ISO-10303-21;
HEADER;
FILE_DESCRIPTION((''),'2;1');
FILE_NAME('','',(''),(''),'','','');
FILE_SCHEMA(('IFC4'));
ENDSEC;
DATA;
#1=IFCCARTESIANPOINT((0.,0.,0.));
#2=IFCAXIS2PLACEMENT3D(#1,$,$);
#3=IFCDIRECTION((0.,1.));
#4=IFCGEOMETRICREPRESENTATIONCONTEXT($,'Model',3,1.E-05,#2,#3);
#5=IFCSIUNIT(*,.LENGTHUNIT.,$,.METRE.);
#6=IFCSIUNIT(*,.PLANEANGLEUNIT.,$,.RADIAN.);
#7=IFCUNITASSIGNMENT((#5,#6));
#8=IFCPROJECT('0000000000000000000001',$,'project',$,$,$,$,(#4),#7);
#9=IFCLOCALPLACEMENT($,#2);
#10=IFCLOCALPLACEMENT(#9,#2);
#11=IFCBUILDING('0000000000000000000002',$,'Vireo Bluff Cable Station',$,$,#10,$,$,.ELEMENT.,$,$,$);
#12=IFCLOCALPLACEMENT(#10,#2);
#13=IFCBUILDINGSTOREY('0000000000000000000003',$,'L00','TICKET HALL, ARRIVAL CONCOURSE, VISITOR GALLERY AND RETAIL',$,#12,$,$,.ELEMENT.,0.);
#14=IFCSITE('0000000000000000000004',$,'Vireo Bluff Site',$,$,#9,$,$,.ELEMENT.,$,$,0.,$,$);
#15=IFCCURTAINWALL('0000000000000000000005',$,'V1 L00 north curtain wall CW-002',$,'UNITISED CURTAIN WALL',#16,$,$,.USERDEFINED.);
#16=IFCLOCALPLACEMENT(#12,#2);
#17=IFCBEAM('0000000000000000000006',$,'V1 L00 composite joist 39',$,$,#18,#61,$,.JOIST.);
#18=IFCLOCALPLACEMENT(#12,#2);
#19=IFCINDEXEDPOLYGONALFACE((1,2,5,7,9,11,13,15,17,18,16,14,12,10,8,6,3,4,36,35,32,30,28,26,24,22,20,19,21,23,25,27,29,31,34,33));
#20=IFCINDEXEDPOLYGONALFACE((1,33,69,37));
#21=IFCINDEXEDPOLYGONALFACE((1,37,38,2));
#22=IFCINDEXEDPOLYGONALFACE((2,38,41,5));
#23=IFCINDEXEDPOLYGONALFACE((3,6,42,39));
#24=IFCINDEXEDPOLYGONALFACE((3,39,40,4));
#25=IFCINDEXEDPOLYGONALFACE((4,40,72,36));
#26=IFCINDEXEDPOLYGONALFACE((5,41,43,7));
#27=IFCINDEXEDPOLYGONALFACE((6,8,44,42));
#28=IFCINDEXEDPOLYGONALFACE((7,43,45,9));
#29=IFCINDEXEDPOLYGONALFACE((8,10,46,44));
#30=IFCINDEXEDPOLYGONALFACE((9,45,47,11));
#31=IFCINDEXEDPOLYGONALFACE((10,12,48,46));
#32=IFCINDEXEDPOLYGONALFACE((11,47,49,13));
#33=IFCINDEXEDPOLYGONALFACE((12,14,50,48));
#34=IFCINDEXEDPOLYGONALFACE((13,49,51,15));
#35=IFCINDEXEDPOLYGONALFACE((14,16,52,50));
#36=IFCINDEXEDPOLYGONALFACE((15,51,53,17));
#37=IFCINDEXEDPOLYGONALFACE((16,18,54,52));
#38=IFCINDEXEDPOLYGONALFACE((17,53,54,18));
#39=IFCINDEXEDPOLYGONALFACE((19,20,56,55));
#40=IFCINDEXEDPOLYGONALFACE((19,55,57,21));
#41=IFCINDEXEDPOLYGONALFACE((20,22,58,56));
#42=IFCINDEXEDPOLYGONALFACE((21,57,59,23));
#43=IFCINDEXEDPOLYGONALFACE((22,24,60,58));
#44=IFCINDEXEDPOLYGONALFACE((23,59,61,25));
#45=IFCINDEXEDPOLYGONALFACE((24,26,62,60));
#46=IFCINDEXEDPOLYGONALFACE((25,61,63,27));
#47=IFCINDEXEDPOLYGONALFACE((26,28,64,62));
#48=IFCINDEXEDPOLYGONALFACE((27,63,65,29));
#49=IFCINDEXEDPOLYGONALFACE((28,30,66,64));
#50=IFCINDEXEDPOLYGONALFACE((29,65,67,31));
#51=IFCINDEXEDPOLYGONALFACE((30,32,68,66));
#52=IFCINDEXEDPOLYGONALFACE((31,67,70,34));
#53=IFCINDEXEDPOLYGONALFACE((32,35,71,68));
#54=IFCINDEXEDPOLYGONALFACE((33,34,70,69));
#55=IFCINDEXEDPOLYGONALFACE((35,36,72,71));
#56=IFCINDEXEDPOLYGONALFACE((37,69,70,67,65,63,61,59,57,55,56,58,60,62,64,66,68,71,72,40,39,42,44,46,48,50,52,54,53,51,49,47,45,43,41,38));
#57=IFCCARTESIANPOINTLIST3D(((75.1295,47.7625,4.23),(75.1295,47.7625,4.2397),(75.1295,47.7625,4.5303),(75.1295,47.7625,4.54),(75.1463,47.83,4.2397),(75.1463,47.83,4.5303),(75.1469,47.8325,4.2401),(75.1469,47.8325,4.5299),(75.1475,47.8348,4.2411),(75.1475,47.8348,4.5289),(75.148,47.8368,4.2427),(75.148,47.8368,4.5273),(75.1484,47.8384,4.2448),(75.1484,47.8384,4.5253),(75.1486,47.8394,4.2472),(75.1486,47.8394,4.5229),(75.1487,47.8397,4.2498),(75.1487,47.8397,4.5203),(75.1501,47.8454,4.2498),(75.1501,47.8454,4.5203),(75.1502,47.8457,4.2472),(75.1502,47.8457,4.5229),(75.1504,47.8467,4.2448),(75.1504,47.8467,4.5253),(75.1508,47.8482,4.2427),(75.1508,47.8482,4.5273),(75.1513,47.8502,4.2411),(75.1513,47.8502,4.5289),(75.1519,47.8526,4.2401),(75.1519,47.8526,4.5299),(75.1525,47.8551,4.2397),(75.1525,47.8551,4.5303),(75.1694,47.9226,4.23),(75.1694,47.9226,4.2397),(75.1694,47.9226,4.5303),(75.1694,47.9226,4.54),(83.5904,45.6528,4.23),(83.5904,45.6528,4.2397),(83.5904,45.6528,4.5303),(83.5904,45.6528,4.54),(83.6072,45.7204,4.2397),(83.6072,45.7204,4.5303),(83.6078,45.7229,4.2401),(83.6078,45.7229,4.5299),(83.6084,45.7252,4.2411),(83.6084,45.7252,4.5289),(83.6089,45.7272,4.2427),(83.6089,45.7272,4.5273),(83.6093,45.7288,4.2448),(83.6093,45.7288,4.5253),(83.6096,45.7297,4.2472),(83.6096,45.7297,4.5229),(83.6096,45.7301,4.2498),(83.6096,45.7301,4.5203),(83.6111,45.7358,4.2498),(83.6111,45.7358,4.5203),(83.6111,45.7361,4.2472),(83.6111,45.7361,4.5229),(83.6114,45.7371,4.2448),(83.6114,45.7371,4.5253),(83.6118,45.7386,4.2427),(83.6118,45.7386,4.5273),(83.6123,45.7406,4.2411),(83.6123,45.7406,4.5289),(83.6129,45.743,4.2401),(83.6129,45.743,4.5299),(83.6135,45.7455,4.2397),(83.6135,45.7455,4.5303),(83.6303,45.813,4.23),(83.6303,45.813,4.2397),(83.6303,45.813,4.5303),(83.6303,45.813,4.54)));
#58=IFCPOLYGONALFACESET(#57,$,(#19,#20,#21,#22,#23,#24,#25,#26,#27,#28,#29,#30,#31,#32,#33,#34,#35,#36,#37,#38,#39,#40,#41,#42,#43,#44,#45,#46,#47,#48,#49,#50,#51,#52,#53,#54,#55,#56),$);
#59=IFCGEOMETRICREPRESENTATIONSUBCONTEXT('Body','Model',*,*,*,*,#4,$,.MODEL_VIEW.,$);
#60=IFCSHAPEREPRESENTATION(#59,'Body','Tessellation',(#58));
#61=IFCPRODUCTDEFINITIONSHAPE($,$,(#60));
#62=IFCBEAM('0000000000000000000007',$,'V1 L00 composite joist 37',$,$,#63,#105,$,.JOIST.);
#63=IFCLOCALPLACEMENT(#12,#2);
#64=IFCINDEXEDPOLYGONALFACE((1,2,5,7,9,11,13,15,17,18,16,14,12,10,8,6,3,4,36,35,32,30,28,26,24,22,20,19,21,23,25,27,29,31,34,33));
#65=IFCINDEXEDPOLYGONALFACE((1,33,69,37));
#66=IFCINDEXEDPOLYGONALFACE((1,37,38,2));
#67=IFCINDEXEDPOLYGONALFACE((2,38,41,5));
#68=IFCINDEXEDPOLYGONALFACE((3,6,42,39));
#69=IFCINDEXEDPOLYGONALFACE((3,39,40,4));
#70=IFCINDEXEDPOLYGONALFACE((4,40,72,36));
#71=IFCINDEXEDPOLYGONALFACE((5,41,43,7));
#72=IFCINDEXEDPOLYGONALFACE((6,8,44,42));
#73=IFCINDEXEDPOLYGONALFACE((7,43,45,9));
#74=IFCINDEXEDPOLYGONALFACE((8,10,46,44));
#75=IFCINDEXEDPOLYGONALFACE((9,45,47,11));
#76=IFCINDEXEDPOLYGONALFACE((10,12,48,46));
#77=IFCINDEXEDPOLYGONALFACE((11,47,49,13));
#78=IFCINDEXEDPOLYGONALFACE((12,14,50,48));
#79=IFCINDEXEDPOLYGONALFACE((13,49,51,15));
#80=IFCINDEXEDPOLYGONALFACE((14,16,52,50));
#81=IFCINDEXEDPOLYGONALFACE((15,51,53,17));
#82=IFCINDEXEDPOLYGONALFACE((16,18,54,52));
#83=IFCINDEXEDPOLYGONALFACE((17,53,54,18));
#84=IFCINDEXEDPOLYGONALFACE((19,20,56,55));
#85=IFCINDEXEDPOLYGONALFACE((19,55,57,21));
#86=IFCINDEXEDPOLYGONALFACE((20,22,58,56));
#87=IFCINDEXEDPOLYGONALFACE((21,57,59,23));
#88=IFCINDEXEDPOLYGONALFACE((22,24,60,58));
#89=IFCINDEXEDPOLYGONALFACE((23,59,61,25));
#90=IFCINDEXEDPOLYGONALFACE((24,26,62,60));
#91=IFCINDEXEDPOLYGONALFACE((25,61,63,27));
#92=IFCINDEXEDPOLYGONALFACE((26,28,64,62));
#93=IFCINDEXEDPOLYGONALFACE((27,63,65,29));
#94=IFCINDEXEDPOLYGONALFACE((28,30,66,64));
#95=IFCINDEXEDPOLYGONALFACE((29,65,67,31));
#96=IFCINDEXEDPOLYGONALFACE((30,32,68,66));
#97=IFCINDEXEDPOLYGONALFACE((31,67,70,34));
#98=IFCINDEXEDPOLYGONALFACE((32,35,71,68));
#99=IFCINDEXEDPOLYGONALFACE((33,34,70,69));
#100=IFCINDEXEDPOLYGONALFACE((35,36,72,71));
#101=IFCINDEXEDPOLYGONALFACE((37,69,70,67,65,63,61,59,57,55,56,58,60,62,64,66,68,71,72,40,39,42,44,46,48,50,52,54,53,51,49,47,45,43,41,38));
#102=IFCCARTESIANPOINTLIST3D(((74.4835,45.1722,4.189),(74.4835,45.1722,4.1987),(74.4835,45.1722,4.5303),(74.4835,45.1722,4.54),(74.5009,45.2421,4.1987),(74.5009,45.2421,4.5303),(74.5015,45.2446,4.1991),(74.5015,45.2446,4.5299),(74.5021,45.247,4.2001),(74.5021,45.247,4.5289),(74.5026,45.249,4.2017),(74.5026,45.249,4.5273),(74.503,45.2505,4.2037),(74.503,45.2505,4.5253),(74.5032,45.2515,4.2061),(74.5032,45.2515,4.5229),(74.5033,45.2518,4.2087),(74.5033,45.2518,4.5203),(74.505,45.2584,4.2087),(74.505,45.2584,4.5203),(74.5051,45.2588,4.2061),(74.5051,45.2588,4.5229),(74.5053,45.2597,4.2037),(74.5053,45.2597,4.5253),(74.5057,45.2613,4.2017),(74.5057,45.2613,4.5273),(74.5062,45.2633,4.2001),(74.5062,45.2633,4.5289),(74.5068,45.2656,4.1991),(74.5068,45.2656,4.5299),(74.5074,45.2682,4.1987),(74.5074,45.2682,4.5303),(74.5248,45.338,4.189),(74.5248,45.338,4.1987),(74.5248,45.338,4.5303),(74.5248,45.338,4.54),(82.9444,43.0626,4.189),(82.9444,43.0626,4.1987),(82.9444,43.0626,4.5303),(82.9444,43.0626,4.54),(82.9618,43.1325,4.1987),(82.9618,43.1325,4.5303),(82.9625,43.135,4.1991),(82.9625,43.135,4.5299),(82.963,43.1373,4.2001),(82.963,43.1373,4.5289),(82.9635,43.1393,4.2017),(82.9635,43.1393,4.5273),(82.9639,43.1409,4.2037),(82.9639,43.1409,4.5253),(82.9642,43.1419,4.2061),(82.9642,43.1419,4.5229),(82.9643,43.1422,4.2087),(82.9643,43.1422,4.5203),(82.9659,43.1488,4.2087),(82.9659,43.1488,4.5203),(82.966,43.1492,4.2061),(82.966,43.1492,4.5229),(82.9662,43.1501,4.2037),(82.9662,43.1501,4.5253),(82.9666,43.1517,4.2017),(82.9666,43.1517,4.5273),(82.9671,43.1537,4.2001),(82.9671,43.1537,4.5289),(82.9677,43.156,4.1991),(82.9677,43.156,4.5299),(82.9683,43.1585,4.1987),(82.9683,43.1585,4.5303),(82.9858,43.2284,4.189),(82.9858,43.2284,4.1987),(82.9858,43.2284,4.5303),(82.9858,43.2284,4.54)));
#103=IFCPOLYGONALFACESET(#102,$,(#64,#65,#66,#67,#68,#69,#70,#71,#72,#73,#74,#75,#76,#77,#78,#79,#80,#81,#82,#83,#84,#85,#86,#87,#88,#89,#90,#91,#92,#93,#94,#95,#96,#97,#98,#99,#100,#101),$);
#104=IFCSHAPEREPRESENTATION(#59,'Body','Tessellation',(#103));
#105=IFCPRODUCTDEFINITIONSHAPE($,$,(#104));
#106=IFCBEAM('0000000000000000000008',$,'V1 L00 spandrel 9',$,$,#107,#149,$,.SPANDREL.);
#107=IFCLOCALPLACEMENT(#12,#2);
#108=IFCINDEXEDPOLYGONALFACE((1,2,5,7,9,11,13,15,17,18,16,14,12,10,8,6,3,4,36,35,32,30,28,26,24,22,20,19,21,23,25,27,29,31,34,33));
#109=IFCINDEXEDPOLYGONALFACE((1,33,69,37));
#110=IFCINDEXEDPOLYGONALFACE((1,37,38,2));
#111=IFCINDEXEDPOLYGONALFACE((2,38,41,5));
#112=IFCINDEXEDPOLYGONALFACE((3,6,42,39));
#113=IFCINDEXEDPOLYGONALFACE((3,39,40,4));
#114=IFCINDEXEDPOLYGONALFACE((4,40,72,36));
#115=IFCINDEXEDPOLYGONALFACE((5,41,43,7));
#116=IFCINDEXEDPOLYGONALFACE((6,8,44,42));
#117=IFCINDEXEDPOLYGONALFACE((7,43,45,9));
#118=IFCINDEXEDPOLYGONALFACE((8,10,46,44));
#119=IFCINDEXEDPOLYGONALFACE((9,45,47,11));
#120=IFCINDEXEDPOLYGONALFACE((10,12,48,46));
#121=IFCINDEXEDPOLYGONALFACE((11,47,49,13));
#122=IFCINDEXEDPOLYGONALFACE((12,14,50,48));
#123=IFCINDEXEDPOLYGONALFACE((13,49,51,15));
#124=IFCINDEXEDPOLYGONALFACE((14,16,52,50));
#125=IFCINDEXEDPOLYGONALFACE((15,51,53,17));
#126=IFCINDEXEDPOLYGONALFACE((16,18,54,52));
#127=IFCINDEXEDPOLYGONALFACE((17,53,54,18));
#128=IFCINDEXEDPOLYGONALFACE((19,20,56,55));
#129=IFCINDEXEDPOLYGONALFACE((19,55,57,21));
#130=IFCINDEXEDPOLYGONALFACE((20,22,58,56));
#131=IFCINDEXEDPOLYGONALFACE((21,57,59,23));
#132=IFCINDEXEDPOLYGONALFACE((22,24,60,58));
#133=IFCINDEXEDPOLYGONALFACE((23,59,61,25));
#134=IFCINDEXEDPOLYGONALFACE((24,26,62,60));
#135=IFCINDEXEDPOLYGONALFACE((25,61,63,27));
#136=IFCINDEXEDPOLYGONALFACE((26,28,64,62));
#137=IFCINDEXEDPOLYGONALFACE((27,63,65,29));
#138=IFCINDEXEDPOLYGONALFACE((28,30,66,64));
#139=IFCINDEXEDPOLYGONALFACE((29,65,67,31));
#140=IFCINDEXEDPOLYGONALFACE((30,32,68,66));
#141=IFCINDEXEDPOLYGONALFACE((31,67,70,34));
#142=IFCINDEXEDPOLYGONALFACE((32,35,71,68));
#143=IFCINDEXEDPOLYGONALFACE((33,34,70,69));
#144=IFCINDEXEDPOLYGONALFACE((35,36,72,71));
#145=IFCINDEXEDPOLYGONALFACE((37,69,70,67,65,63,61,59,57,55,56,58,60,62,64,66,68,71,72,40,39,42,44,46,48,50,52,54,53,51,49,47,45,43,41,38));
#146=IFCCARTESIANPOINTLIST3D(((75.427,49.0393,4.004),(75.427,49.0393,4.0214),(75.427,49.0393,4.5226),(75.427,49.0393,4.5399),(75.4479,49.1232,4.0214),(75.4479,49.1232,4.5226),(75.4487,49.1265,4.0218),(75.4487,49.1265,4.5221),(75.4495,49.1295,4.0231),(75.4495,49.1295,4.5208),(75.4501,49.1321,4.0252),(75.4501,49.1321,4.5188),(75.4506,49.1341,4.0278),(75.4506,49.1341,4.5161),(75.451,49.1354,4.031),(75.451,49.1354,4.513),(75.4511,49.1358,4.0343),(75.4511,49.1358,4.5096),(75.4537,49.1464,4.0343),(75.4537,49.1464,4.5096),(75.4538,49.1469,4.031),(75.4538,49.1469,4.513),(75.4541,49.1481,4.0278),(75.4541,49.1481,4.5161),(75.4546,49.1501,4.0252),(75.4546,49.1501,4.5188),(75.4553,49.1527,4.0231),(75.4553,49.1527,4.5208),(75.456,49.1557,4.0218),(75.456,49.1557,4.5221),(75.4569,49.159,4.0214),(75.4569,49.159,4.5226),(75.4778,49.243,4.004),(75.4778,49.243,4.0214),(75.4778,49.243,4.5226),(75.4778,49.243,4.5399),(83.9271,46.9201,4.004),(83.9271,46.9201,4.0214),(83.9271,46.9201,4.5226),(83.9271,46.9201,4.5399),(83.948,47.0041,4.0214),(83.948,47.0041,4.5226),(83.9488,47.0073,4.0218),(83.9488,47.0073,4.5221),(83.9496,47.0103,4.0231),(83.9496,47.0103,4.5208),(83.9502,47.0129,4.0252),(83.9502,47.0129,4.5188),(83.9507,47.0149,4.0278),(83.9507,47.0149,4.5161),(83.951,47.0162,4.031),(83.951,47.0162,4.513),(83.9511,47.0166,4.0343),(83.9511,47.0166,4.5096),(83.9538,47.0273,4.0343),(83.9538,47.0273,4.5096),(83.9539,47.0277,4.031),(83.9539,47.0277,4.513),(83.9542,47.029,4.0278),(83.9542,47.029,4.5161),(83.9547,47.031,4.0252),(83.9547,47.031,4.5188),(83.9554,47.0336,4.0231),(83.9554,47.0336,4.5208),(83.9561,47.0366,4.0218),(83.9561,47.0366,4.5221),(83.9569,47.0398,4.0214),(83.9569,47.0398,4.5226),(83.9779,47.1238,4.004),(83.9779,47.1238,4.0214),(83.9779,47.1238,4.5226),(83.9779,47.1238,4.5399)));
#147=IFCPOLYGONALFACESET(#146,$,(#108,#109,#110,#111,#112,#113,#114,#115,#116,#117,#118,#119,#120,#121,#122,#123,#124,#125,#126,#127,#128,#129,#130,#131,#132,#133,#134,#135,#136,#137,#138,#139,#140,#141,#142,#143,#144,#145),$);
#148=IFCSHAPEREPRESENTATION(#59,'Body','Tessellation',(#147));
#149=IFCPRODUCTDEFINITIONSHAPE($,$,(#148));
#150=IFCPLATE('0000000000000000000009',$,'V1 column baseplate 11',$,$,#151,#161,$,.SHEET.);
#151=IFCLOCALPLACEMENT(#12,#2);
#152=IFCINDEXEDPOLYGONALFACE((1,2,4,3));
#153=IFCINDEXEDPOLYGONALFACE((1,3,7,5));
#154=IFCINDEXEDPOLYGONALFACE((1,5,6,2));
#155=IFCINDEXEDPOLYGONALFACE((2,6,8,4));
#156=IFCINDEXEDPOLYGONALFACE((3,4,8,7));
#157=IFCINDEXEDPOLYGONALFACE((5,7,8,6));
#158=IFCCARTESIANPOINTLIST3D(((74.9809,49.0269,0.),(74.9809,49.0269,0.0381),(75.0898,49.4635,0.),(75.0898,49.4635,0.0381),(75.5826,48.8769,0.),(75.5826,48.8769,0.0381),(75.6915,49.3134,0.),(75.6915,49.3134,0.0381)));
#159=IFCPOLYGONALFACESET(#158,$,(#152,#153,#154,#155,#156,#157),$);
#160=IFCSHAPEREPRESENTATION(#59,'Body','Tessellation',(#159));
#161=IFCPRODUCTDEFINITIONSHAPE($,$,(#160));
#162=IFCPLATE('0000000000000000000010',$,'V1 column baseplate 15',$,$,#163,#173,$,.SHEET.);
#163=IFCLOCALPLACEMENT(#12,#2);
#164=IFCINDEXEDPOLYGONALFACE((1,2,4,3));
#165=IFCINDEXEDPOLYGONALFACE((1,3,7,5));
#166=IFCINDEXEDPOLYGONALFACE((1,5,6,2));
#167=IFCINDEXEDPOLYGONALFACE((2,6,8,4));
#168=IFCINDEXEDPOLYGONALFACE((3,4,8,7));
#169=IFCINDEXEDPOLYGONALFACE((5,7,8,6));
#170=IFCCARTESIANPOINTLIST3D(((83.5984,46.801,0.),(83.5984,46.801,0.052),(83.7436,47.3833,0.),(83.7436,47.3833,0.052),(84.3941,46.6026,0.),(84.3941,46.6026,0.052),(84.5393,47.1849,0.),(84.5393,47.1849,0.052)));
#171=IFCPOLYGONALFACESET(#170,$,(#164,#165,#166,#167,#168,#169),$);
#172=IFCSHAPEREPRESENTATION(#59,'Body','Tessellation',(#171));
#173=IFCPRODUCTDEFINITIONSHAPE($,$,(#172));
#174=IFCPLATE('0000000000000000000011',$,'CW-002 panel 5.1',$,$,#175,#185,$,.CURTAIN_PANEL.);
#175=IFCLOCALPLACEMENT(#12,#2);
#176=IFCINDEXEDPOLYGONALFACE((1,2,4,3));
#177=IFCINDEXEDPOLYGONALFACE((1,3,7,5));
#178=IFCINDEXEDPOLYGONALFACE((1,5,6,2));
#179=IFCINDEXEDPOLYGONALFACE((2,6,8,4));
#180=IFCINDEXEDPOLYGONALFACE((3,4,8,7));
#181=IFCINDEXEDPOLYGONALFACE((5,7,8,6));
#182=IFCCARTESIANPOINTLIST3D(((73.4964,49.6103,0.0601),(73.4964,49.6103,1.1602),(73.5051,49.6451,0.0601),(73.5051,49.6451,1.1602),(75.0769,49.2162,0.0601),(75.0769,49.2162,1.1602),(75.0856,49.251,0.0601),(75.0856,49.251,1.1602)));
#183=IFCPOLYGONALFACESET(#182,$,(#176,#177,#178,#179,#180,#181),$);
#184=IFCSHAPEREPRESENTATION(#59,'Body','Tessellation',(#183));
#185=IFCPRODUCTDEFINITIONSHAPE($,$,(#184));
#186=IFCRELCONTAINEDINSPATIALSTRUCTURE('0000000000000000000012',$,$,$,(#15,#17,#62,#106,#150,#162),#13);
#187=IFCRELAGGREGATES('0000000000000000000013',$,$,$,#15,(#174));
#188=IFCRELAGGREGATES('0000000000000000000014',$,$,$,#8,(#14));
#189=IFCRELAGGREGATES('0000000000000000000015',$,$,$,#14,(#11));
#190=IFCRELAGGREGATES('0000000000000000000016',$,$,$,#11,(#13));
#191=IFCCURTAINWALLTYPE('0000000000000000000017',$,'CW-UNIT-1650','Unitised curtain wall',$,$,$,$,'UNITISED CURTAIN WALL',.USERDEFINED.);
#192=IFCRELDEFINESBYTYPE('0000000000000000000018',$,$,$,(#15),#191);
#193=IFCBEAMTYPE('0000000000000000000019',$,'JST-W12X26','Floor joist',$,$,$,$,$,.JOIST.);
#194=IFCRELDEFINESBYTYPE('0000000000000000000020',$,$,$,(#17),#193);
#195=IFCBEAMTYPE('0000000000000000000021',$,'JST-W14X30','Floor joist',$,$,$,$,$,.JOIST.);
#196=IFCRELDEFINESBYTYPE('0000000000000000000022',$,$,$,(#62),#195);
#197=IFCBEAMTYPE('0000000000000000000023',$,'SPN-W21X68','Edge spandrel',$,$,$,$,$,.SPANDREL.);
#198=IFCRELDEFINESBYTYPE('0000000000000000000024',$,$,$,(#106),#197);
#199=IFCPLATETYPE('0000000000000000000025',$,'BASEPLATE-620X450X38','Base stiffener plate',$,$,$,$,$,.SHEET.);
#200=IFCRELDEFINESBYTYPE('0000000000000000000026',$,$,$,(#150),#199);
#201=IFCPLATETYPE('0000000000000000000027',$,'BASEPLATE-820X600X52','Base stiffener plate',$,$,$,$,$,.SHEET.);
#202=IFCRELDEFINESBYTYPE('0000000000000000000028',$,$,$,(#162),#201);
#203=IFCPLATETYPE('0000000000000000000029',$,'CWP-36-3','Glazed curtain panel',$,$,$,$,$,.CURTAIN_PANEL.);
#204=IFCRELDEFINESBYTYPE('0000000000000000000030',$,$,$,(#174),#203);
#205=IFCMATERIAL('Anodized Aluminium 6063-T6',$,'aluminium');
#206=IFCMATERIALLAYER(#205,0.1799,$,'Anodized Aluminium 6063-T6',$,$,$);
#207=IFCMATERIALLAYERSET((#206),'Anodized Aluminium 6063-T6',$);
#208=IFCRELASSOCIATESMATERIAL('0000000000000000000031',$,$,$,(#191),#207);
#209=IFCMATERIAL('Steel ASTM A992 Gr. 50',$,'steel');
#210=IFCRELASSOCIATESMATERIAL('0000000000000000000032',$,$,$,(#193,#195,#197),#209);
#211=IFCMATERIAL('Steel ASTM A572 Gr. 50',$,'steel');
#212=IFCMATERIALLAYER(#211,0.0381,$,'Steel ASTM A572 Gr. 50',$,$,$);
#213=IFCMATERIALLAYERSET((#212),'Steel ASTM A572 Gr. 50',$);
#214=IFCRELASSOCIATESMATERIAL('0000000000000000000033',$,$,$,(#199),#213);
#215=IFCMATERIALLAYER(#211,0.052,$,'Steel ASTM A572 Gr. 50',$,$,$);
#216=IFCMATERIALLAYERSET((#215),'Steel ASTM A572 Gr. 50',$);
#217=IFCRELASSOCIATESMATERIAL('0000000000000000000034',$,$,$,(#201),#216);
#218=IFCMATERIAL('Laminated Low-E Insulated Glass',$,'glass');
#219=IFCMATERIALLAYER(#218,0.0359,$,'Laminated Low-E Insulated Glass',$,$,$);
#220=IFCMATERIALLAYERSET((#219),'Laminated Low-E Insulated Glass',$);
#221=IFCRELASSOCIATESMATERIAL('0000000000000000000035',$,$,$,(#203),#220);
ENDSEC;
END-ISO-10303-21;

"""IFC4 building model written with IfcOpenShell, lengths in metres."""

from ifc_helpers import new_model, si_unit, direction, frame, origin, origin_2d, place, context, subcontext, project, spatial, rectangle, i_section, extrude, material, layer, layer_set, material_profile, profile_set, type_object, element, aggregate, save


model = new_model("IFC4")

# Units and contexts
model_context = context("Model", 3, precision=1e-05, world=origin(), true_north=direction((0.0, 1.0)))
body_context = subcontext(model_context, "Body", "Model", "MODEL_VIEW")
ifc_project = project(units=[si_unit("LENGTHUNIT", "METRE"), si_unit("PLANEANGLEUNIT", "RADIAN")], contexts=[model_context])

# Site, building, storey
site_placement = place(None, origin())
site = spatial("IfcSite", under=ifc_project, at=site_placement, Name="Vireo Bluff Site", CompositionType="ELEMENT", RefElevation=0.0)
building_placement = place(site_placement, origin())
building = spatial("IfcBuilding", under=site, at=building_placement, Name="Vireo Bluff Cable Station", CompositionType="ELEMENT")
storey_placement = place(building_placement, origin())
storey = spatial("IfcBuildingStorey", under=building, at=storey_placement, Name="L00", Description="TICKET HALL, ARRIVAL CONCOURSE, VISITOR GALLERY AND RETAIL", CompositionType="ELEMENT", Elevation=0.0)

# Shared definitions
ifc_material_1 = material(Name="Steel ASTM A992 Gr. 50", Category="steel")

# Curtain wall
ifc_material_2 = material(Name="Anodized Aluminium 6063-T6", Category="aluminium")
ifc_layer_1 = layer(ifc_material_2, 0.1799, Name="Anodized Aluminium 6063-T6")
ifc_layer_set_1 = layer_set([ifc_layer_1], Name="Anodized Aluminium 6063-T6")
curtain_wall_type = type_object("IfcCurtainWallType", Name="CW-UNIT-1650", Description="Unitised curtain wall", ElementType="UNITISED CURTAIN WALL", PredefinedType="USERDEFINED", material=ifc_layer_set_1)
curtain_wall_placement = place(storey_placement, origin())
curtain_wall = element("IfcCurtainWall", 1, at=curtain_wall_placement, inside=storey, type_object=curtain_wall_type, Name="V1 L00 north curtain wall CW-002", ObjectType="UNITISED CURTAIN WALL", PredefinedType="USERDEFINED")

# Beams
ifc_material_profile_1 = material_profile(ifc_material_1, i_section(OverallWidth=0.165, OverallDepth=0.3101, WebThickness=0.0059, FlangeThickness=0.0098, FilletRadius=0.01, at=origin_2d()), Name="W12X26")
ifc_profile_set_1 = profile_set([ifc_material_profile_1], Name="Steel ASTM A992 Gr. 50")
beam_type_1 = type_object("IfcBeamType", Name="JST-W12X26", Description="Floor joist", PredefinedType="JOIST", material=ifc_profile_set_1)
for number, where, z_axis, x_axis, name in (
    (2, (75.1494, 47.8425, 4.385), (0.970294, -0.24193, 0.0), (0.24193, 0.970294, 0.0), "V1 L00 composite joist 39"),
):
    element("IfcBeam", number, at=place(storey_placement, frame(where, z_axis=z_axis, x_axis=x_axis)), inside=storey, type_object=beam_type_1, Name=name, PredefinedType="JOIST", context=body_context, shape_type="SweptSolid", body=[
        extrude(i_section(OverallWidth=0.165, OverallDepth=0.3101, WebThickness=0.0059, FlangeThickness=0.0098, FilletRadius=0.01, at=origin_2d()), origin(), (0.0, 0.0, 1.0), 8.72),
    ])
ifc_material_profile_2 = material_profile(ifc_material_1, i_section(OverallWidth=0.1709, OverallDepth=0.3511, WebThickness=0.0068, FlangeThickness=0.0098, FilletRadius=0.01, at=origin_2d()), Name="W14X30")
ifc_profile_set_2 = profile_set([ifc_material_profile_2], Name="Steel ASTM A992 Gr. 50")
beam_type_2 = type_object("IfcBeamType", Name="JST-W14X30", Description="Floor joist", PredefinedType="JOIST", material=ifc_profile_set_2)
beam_1_placement = place(storey_placement, frame((74.5042, 45.2551, 4.3645), z_axis=(0.970294, -0.24193, 0.0), x_axis=(0.24193, 0.970294, 0.0)))
element("IfcBeam", 3, at=beam_1_placement, inside=storey, type_object=beam_type_2, Name="V1 L00 composite joist 37", PredefinedType="JOIST", context=body_context, shape_type="SweptSolid", body=[
    extrude(i_section(OverallWidth=0.1709, OverallDepth=0.3511, WebThickness=0.0068, FlangeThickness=0.0098, FilletRadius=0.01, at=origin_2d()), origin(), (0.0, 0.0, 1.0), 8.72),
])
ifc_material_profile_3 = material_profile(ifc_material_1, i_section(OverallWidth=0.21, OverallDepth=0.5359, WebThickness=0.011, FlangeThickness=0.0173, FilletRadius=0.0129, at=origin_2d()), Name="W21X68")
ifc_profile_set_3 = profile_set([ifc_material_profile_3], Name="Steel ASTM A992 Gr. 50")
beam_type_3 = type_object("IfcBeamType", Name="SPN-W21X68", Description="Edge spandrel", PredefinedType="SPANDREL", material=ifc_profile_set_3)
beam_2_placement = place(storey_placement, frame((75.4524, 49.1411, 4.272), z_axis=(0.9703, -0.241906, 0.0), x_axis=(0.241906, 0.9703, 0.0)))
element("IfcBeam", 4, at=beam_2_placement, inside=storey, type_object=beam_type_3, Name="V1 L00 spandrel 9", PredefinedType="SPANDREL", context=body_context, shape_type="SweptSolid", body=[
    extrude(i_section(OverallWidth=0.21, OverallDepth=0.5359, WebThickness=0.011, FlangeThickness=0.0173, FilletRadius=0.0129, at=origin_2d()), origin(), (0.0, 0.0, 1.0), 8.7603),
])

# Plates
ifc_material_3 = material(Name="Steel ASTM A572 Gr. 50", Category="steel")
ifc_layer_2 = layer(ifc_material_3, 0.0381, Name="Steel ASTM A572 Gr. 50")
ifc_layer_set_2 = layer_set([ifc_layer_2], Name="Steel ASTM A572 Gr. 50")
plate_type_1 = type_object("IfcPlateType", Name="BASEPLATE-620X450X38", Description="Base stiffener plate", PredefinedType="SHEET", material=ifc_layer_set_2)
plate_1_placement = place(storey_placement, frame((75.3362, 49.1702, 0.0), z_axis=(0.0, 0.0, 1.0), x_axis=(0.970296, -0.241922, 0.0)))
element("IfcPlate", 5, at=plate_1_placement, inside=storey, type_object=plate_type_1, Name="V1 column baseplate 11", PredefinedType="SHEET", context=body_context, shape_type="SweptSolid", body=[
    extrude(rectangle(XDim=0.6201, YDim=0.45, at=origin_2d()), origin(), (0.0, 0.0, 1.0), 0.0381),
])
ifc_layer_3 = layer(ifc_material_3, 0.052, Name="Steel ASTM A572 Gr. 50")
ifc_layer_set_3 = layer_set([ifc_layer_3], Name="Steel ASTM A572 Gr. 50")
plate_type_2 = type_object("IfcPlateType", Name="BASEPLATE-820X600X52", Description="Base stiffener plate", PredefinedType="SHEET", material=ifc_layer_set_3)
plate_2_placement = place(storey_placement, frame((84.0688, 46.9929, 0.0), z_axis=(0.0, 0.0, 1.0), x_axis=(0.970296, -0.241922, 0.0)))
element("IfcPlate", 6, at=plate_2_placement, inside=storey, type_object=plate_type_2, Name="V1 column baseplate 15", PredefinedType="SHEET", context=body_context, shape_type="SweptSolid", body=[
    extrude(rectangle(XDim=0.8201, YDim=0.6001, at=origin_2d()), origin(), (0.0, 0.0, 1.0), 0.052),
])

# Plate
ifc_material_4 = material(Name="Laminated Low-E Insulated Glass", Category="glass")
ifc_layer_4 = layer(ifc_material_4, 0.0359, Name="Laminated Low-E Insulated Glass")
ifc_layer_set_4 = layer_set([ifc_layer_4], Name="Laminated Low-E Insulated Glass")
plate_type_3 = type_object("IfcPlateType", Name="CWP-36-3", Description="Glazed curtain panel", PredefinedType="CURTAIN_PANEL", material=ifc_layer_set_4)
plate_3_placement = place(storey_placement, frame((74.291, 49.4307, 0.0601), z_axis=(0.0, 0.0, 1.0), x_axis=(0.970296, -0.241922, 0.0)))
plate_3 = element("IfcPlate", 7, at=plate_3_placement, type_object=plate_type_3, Name="CW-002 panel 5.1", PredefinedType="CURTAIN_PANEL", context=body_context, shape_type="SweptSolid", body=[
    extrude(rectangle(XDim=1.6289, YDim=0.0359, at=origin_2d()), origin(), (0.0, 0.0, 1.0), 1.1001),
])
aggregate(curtain_wall, [plate_3])

save(model, "model.ifc")
